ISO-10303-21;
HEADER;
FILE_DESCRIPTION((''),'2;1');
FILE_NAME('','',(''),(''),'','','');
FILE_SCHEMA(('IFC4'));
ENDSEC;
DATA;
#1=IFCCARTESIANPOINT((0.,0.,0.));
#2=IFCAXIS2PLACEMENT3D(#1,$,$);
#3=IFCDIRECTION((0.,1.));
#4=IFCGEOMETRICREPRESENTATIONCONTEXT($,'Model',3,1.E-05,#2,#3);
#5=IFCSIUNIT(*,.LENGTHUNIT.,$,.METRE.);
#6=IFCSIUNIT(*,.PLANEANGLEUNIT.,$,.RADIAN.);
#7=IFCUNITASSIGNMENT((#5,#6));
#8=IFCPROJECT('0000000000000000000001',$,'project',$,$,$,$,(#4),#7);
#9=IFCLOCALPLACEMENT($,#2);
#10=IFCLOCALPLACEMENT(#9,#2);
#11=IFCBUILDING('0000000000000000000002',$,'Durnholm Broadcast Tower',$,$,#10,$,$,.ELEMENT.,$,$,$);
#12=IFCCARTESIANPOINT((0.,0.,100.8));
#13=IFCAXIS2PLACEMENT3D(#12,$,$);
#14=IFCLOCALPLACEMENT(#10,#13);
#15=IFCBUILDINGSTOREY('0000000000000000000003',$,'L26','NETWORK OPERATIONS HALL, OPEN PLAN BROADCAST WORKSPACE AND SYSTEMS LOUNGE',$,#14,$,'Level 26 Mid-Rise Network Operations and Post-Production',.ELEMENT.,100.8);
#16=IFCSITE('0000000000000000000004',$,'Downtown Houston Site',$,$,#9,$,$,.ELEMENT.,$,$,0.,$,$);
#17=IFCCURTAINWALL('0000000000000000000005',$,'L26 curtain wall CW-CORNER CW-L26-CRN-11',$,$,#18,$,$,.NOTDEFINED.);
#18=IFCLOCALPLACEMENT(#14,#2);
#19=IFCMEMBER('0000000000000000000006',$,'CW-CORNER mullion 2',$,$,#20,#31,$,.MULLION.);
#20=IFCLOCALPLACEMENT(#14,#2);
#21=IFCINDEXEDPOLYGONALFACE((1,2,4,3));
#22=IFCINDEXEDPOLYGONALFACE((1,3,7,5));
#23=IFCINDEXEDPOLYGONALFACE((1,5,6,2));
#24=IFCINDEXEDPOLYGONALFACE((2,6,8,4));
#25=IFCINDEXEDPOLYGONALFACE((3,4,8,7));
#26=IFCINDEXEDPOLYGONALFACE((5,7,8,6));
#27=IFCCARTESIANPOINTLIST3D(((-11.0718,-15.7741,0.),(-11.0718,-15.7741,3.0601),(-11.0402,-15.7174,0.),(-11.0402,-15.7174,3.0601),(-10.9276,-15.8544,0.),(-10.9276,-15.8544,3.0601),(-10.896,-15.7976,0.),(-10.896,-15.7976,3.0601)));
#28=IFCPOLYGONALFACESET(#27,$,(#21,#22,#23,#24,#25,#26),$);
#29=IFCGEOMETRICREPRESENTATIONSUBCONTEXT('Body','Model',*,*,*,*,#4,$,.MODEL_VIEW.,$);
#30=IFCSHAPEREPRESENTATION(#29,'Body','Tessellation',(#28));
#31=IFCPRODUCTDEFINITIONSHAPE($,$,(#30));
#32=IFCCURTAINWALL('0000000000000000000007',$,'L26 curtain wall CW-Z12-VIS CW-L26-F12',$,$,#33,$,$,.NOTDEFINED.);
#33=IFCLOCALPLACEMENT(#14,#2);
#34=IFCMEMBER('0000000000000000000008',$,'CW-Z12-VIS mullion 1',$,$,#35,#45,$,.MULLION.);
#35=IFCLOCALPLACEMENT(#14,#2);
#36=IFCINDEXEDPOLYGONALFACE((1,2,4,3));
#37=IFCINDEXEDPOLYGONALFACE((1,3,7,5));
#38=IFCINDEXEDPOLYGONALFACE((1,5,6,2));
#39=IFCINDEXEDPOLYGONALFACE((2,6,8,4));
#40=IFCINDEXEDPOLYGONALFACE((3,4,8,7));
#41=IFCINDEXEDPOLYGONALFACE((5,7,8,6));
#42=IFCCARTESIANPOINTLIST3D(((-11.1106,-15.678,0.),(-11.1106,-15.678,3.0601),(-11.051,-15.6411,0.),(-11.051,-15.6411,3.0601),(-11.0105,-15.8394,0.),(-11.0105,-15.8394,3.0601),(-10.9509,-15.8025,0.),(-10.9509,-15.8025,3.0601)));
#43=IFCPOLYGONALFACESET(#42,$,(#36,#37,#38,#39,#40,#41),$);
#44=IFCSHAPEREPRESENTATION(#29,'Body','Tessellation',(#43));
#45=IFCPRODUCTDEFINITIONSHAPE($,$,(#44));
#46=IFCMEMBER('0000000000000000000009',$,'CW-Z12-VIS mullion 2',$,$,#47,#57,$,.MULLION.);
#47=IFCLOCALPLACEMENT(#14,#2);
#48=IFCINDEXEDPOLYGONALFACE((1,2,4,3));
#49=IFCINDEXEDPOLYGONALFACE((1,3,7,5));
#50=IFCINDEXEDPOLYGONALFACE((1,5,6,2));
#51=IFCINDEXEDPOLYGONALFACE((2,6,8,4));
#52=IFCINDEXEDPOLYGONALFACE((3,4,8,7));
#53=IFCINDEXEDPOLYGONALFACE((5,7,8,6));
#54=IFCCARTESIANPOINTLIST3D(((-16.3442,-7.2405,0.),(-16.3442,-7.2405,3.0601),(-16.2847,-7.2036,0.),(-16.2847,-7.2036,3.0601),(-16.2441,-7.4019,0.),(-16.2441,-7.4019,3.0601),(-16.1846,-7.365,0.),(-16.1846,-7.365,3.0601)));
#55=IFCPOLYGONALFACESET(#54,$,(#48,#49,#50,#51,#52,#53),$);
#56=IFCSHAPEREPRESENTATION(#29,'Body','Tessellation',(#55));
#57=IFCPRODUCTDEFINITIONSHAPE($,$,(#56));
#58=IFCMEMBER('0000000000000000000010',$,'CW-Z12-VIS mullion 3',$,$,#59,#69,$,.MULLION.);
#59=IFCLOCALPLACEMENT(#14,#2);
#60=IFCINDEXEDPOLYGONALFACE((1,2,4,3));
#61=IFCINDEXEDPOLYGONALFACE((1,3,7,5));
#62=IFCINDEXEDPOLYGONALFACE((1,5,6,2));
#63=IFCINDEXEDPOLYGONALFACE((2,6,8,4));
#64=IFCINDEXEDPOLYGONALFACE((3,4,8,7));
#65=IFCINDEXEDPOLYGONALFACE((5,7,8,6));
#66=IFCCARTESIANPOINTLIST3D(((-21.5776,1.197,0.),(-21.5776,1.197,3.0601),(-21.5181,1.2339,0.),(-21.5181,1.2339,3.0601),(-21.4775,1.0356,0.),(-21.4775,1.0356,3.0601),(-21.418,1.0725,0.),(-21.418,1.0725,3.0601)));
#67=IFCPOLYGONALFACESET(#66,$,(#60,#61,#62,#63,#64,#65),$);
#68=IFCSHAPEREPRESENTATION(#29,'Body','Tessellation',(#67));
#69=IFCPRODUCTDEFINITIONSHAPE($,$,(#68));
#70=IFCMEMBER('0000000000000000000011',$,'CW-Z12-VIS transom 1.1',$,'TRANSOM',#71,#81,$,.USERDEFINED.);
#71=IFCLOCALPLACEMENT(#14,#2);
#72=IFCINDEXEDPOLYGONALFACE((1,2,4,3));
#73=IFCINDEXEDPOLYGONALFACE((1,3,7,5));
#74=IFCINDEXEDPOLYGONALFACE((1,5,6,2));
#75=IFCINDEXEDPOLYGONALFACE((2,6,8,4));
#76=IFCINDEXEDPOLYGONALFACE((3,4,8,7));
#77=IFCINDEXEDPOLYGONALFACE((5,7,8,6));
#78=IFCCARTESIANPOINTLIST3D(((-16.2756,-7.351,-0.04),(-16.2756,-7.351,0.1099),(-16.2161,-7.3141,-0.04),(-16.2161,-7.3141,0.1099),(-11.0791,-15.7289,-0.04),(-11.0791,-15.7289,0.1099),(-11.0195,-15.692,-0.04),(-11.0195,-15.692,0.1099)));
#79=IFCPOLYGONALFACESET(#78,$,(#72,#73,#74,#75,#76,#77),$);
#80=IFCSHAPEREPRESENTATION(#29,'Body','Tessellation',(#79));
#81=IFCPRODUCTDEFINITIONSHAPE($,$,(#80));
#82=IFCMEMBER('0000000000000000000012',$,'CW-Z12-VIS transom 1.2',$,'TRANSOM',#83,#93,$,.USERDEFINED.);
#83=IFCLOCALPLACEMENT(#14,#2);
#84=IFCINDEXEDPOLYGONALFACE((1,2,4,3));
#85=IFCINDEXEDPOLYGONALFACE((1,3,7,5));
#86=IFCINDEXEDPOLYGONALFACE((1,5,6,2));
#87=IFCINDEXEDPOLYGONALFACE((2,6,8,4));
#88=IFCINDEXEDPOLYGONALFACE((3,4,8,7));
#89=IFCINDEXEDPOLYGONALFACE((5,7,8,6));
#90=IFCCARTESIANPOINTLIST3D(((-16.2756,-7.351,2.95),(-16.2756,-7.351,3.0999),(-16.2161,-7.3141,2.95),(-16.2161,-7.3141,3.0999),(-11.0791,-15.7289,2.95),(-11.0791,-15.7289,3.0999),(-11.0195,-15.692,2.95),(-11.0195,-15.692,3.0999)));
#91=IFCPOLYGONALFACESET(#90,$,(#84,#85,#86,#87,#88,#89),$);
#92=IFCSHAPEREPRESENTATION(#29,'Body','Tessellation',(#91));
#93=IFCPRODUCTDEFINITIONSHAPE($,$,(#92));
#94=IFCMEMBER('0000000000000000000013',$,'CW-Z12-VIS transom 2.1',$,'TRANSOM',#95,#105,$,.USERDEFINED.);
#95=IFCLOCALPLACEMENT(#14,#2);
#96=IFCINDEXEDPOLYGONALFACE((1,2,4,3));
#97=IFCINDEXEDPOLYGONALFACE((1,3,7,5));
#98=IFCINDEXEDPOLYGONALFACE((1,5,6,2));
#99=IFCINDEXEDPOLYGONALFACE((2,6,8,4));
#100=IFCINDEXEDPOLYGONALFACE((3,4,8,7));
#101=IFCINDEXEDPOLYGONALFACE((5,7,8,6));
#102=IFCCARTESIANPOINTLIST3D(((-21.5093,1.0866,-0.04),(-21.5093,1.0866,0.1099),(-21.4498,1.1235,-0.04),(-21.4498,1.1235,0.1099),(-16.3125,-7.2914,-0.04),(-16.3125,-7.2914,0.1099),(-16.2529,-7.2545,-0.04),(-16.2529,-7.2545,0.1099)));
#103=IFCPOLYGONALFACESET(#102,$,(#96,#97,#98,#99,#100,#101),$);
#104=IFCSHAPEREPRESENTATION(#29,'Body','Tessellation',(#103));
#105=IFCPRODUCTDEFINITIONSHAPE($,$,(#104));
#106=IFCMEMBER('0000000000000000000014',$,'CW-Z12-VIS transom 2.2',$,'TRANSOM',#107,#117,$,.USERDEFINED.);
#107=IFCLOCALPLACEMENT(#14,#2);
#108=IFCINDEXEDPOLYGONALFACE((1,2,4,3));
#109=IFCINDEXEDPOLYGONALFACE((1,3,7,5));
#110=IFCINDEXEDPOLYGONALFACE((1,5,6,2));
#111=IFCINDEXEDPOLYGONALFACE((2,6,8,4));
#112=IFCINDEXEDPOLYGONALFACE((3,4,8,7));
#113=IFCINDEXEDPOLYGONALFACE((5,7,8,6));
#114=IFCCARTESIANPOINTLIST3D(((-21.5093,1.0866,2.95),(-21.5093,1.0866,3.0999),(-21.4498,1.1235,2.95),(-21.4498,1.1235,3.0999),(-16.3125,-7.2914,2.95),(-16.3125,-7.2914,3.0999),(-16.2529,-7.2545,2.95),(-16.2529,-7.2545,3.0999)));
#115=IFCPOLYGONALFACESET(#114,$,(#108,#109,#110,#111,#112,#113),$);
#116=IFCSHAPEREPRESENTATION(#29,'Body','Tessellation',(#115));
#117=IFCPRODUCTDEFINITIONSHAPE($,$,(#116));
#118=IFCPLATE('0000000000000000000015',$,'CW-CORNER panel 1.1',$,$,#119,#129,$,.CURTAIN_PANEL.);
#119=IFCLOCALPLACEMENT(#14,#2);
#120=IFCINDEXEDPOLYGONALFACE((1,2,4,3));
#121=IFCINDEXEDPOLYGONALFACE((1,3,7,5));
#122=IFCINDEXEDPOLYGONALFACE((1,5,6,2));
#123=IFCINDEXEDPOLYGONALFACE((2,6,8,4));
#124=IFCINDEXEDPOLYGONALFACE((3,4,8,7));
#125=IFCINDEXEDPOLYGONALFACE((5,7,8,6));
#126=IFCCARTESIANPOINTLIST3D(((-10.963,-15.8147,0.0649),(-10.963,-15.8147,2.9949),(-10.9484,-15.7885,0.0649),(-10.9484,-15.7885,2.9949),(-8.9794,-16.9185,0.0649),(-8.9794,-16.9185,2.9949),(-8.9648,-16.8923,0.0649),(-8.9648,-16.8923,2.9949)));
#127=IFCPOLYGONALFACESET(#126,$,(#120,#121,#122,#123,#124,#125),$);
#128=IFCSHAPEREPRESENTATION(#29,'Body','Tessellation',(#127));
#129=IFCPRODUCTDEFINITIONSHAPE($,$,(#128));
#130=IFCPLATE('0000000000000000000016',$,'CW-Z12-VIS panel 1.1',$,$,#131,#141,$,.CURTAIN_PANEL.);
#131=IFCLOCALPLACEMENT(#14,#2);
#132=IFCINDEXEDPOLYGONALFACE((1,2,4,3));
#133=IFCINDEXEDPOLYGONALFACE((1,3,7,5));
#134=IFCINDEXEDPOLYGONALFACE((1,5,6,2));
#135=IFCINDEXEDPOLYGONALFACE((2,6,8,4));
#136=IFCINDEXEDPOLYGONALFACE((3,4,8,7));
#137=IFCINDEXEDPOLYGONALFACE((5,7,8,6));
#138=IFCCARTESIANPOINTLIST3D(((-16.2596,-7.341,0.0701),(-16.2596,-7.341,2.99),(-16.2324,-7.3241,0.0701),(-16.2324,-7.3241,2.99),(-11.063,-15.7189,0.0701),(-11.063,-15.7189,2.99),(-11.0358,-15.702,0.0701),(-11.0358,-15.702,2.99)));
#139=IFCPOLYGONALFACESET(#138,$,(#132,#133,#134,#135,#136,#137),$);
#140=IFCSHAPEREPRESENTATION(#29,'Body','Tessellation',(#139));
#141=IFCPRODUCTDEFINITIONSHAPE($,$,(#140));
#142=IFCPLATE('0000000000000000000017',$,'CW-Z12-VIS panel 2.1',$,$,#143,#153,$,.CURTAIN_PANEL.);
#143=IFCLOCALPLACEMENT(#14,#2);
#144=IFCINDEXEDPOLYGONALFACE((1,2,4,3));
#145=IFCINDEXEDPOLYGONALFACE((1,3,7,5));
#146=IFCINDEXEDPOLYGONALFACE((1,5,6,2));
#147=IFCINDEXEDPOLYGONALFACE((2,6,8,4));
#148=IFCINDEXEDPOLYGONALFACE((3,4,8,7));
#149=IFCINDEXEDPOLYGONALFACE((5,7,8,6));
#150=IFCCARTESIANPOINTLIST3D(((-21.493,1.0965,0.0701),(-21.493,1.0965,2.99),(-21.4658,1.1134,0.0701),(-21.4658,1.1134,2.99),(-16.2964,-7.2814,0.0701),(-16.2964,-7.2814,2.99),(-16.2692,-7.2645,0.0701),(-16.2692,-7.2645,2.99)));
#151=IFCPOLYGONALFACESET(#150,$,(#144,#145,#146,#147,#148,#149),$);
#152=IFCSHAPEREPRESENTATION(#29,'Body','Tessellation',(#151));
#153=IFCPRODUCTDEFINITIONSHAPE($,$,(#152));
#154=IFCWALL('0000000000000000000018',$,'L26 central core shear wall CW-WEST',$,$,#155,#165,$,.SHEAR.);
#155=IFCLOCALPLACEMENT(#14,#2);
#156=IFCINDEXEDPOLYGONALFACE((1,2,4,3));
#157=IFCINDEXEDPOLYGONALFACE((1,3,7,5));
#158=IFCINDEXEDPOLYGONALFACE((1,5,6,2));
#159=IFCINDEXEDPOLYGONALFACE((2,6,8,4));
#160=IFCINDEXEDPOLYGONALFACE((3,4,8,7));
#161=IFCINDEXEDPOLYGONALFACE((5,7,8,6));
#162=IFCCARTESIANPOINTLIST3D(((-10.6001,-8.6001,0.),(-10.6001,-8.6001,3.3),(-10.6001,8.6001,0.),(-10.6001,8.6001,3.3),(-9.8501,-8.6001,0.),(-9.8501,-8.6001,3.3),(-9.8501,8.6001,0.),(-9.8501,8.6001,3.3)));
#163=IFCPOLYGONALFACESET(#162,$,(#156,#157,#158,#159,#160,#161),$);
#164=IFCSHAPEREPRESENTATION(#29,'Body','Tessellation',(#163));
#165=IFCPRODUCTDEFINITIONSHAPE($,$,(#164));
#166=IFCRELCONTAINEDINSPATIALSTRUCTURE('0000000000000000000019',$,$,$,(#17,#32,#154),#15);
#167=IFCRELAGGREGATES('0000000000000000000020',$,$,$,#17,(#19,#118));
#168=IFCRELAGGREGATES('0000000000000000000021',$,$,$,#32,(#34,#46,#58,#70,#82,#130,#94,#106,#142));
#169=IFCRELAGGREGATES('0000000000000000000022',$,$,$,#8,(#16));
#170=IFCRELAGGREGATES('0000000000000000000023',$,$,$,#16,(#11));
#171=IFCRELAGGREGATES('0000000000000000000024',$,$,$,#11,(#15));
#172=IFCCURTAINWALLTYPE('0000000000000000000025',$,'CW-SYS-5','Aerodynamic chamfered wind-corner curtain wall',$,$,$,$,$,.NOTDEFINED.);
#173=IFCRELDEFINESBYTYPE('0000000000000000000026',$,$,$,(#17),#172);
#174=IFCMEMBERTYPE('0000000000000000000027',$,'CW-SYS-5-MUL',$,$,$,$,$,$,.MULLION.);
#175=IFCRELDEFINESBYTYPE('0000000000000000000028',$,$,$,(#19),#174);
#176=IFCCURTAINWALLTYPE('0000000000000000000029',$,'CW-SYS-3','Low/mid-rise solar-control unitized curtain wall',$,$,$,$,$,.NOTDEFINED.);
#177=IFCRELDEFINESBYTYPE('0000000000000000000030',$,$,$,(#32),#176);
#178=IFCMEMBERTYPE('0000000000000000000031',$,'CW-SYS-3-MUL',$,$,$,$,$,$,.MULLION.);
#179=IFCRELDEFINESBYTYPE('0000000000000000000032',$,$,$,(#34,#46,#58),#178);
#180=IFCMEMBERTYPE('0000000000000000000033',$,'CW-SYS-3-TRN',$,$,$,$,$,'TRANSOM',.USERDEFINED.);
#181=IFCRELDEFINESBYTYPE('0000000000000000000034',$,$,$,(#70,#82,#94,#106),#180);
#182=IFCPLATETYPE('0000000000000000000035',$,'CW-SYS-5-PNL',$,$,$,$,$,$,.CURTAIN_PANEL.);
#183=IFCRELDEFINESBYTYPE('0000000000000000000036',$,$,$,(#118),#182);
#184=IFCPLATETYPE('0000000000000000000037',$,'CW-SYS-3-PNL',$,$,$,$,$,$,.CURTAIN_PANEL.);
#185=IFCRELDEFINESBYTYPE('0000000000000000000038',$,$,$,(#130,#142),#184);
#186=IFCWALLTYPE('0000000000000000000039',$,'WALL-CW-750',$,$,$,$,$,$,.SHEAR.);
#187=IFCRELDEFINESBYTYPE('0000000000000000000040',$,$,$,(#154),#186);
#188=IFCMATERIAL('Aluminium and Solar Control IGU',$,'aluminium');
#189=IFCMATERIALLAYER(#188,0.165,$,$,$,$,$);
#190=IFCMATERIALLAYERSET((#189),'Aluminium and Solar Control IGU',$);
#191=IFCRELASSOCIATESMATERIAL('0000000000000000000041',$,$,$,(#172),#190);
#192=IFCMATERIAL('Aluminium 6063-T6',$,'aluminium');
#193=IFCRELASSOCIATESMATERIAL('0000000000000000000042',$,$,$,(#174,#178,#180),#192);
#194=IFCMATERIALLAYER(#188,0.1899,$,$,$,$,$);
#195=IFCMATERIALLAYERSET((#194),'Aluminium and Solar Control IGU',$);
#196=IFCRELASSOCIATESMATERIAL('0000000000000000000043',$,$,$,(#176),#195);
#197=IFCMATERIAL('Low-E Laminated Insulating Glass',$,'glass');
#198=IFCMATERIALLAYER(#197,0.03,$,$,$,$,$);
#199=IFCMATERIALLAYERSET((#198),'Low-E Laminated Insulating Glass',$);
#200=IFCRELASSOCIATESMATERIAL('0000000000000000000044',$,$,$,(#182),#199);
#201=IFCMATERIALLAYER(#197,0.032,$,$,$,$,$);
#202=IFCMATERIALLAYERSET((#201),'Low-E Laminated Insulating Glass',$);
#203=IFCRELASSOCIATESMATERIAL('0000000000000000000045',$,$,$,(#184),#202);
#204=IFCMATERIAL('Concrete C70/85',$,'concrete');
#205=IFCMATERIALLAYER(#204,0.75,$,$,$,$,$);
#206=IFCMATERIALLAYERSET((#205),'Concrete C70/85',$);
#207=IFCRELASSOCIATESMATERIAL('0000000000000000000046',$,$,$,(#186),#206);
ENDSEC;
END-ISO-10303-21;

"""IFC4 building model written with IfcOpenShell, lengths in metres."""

from ifc_helpers import new_model, si_unit, direction, frame, frame_2d, origin, origin_2d, place, context, subcontext, project, spatial, rectangle, extrude, source, transform, mapped, material, layer, layer_set, material_profile, profile_set, type_object, type_shapes, element, aggregate, save


model = new_model("IFC4")

# Units and contexts
model_context = context("Model", 3, precision=1e-05, world=origin(), true_north=direction((0.0, 1.0)))
body_context = subcontext(model_context, "Body", "Model", "MODEL_VIEW")
ifc_project = project(units=[si_unit("LENGTHUNIT", "METRE"), si_unit("PLANEANGLEUNIT", "RADIAN")], contexts=[model_context])

# Site, building, storey
site_placement = place(None, origin())
site = spatial("IfcSite", under=ifc_project, at=site_placement, Name="Downtown Houston Site", CompositionType="ELEMENT", RefElevation=0.0)
building_placement = place(site_placement, origin())
building = spatial("IfcBuilding", under=site, at=building_placement, Name="Durnholm Broadcast Tower", CompositionType="ELEMENT")
storey_placement = place(building_placement, frame((0.0, 0.0, 100.8)))
storey = spatial("IfcBuildingStorey", under=building, at=storey_placement, Name="L26", Description="NETWORK OPERATIONS HALL, OPEN PLAN BROADCAST WORKSPACE AND SYSTEMS LOUNGE", LongName="Level 26 Mid-Rise Network Operations and Post-Production", CompositionType="ELEMENT", Elevation=100.8)

# Shared definitions
ifc_material_1 = material(Name="Concrete C70/85", Category="concrete")

# Curtain wall, member
ifc_material_2 = material(Name="Aluminium and Solar Control IGU", Category="aluminium")
ifc_layer_1 = layer(ifc_material_2, 0.165)
ifc_layer_set_1 = layer_set([ifc_layer_1], Name="Aluminium and Solar Control IGU")
curtain_wall_type_1 = type_object("IfcCurtainWallType", Name="CW-SYS-5", Description="Aerodynamic chamfered wind-corner curtain wall", PredefinedType="NOTDEFINED", material=ifc_layer_set_1)
ifc_material_3 = material(Name="Aluminium 6063-T6", Category="aluminium")
ifc_material_profile_1 = material_profile(ifc_material_3, rectangle(XDim=0.0649, YDim=0.165, at=origin_2d()), Name="CWM65X165")
ifc_profile_set_1 = profile_set([ifc_material_profile_1], Name="Aluminium 6063-T6")
member_type_1 = type_object("IfcMemberType", Name="CW-SYS-5-MUL", PredefinedType="MULLION", material=ifc_profile_set_1)
shared_shape_1 = source(origin(), body_context, "Body", "SweptSolid", [
    extrude(rectangle(XDim=0.0649, YDim=0.165, at=origin_2d()), origin(), (0.0, 0.0, 1.0), 3.0601),
])
type_shapes(member_type_1, [shared_shape_1])
curtain_wall_1_placement = place(storey_placement, origin())
curtain_wall_1 = element("IfcCurtainWall", 1, at=curtain_wall_1_placement, inside=storey, type_object=curtain_wall_type_1, Name="L26 curtain wall CW-CORNER CW-L26-CRN-11", PredefinedType="NOTDEFINED")
member_1_placement = place(storey_placement, frame((-10.9839, -15.7859, 0.0), z_axis=(0.0, 0.0, 1.0), x_axis=(-0.486244, -0.873823, 0.0)))
member_1 = element("IfcMember", 2, at=member_1_placement, type_object=member_type_1, Name="CW-CORNER mullion 2", PredefinedType="MULLION", context=body_context, shape_type="MappedRepresentation", body=[
    mapped(shared_shape_1, transform((0.0, 0.0, 0.0), x_axis=(1.0, 0.0, 0.0), y_axis=(0.0, 1.0, 0.0), z_axis=(0.0, 0.0, 1.0), scale=1.0)),
])

# Curtain wall, members
ifc_layer_2 = layer(ifc_material_2, 0.1899)
ifc_layer_set_2 = layer_set([ifc_layer_2], Name="Aluminium and Solar Control IGU")
curtain_wall_type_2 = type_object("IfcCurtainWallType", Name="CW-SYS-3", Description="Low/mid-rise solar-control unitized curtain wall", PredefinedType="NOTDEFINED", material=ifc_layer_set_2)
curtain_wall_2_placement = place(storey_placement, origin())
curtain_wall_2 = element("IfcCurtainWall", 3, at=curtain_wall_2_placement, inside=storey, type_object=curtain_wall_type_2, Name="L26 curtain wall CW-Z12-VIS CW-L26-F12", PredefinedType="NOTDEFINED")
ifc_material_profile_2 = material_profile(ifc_material_3, rectangle(XDim=0.0701, YDim=0.1899, at=origin_2d()), Name="CWM70X190")
ifc_profile_set_2 = profile_set([ifc_material_profile_2], Name="Aluminium 6063-T6")
member_type_2 = type_object("IfcMemberType", Name="CW-SYS-3-MUL", PredefinedType="MULLION", material=ifc_profile_set_2)
shared_shape_2 = source(origin(), body_context, "Body", "SweptSolid", [
    extrude(rectangle(XDim=0.0701, YDim=0.1899, at=origin_2d()), origin(), (0.0, 0.0, 1.0), 3.0601),
])
type_shapes(member_type_2, [shared_shape_2])
member_2_placement = place(storey_placement, frame((-11.0308, -15.7402, 0.0), z_axis=(0.0, 0.0, 1.0), x_axis=(-0.8498, -0.527105, 0.0)))
member_2 = element("IfcMember", 4, at=member_2_placement, type_object=member_type_2, Name="CW-Z12-VIS mullion 1", PredefinedType="MULLION", context=body_context, shape_type="MappedRepresentation", body=[
    mapped(shared_shape_2, transform((0.0, 0.0, 0.0), x_axis=(1.0, 0.0, 0.0), y_axis=(0.0, 1.0, 0.0), z_axis=(0.0, 0.0, 1.0), scale=1.0)),
])
member_3_placement = place(storey_placement, frame((-16.2644, -7.3027, 0.0), z_axis=(0.0, 0.0, 1.0), x_axis=(-0.8498, -0.527105, 0.0)))
member_3 = element("IfcMember", 5, at=member_3_placement, type_object=member_type_2, Name="CW-Z12-VIS mullion 2", PredefinedType="MULLION", context=body_context, shape_type="MappedRepresentation", body=[
    mapped(shared_shape_2, transform((0.0, 0.0, 0.0), x_axis=(1.0, 0.0, 0.0), y_axis=(0.0, 1.0, 0.0), z_axis=(0.0, 0.0, 1.0), scale=1.0)),
])
member_4_placement = place(storey_placement, frame((-21.4978, 1.1348, 0.0), z_axis=(0.0, 0.0, 1.0), x_axis=(-0.8498, -0.527105, 0.0)))
member_4 = element("IfcMember", 6, at=member_4_placement, type_object=member_type_2, Name="CW-Z12-VIS mullion 3", PredefinedType="MULLION", context=body_context, shape_type="MappedRepresentation", body=[
    mapped(shared_shape_2, transform((0.0, 0.0, 0.0), x_axis=(1.0, 0.0, 0.0), y_axis=(0.0, 1.0, 0.0), z_axis=(0.0, 0.0, 1.0), scale=1.0)),
])
ifc_material_profile_3 = material_profile(ifc_material_3, rectangle(XDim=0.0701, YDim=0.1499, at=origin_2d()), Name="CWT70X150")
ifc_profile_set_3 = profile_set([ifc_material_profile_3], Name="Aluminium 6063-T6")
member_type_3 = type_object("IfcMemberType", Name="CW-SYS-3-TRN", ElementType="TRANSOM", PredefinedType="USERDEFINED", material=ifc_profile_set_3)
shared_shape_3 = source(origin(), body_context, "Body", "SweptSolid", [
    extrude(rectangle(XDim=0.0701, YDim=0.1499, at=origin_2d()), origin(), (0.0, 0.0, 1.0), 9.8586),
])
member_5_placement = place(storey_placement, frame((-11.0493, -15.7104, 0.0349), z_axis=(-0.527102, 0.849802, 0.0), x_axis=(-0.849802, -0.527102, 0.0)))
member_5 = element("IfcMember", 7, at=member_5_placement, type_object=member_type_3, Name="CW-Z12-VIS transom 1.1", ObjectType="TRANSOM", PredefinedType="USERDEFINED", context=body_context, shape_type="MappedRepresentation", body=[
    mapped(shared_shape_3, transform((0.0, 0.0, 0.0), x_axis=(1.0, 0.0, 0.0), y_axis=(0.0, 1.0, 0.0), z_axis=(0.0, 0.0, 1.0), scale=1.0)),
])
member_6_placement = place(storey_placement, frame((-11.0493, -15.7104, 3.0249), z_axis=(-0.527102, 0.849802, 0.0), x_axis=(-0.849802, -0.527102, 0.0)))
member_6 = element("IfcMember", 8, at=member_6_placement, type_object=member_type_3, Name="CW-Z12-VIS transom 1.2", ObjectType="TRANSOM", PredefinedType="USERDEFINED", context=body_context, shape_type="MappedRepresentation", body=[
    mapped(shared_shape_3, transform((0.0, 0.0, 0.0), x_axis=(1.0, 0.0, 0.0), y_axis=(0.0, 1.0, 0.0), z_axis=(0.0, 0.0, 1.0), scale=1.0)),
])
shared_shape_4 = source(origin(), body_context, "Body", "SweptSolid", [
    extrude(rectangle(XDim=0.0701, YDim=0.1499, at=origin_2d()), origin(), (0.0, 0.0, 1.0), 9.8589),
])
type_shapes(member_type_3, [shared_shape_3, shared_shape_4])
member_7_placement = place(storey_placement, frame((-16.2827, -7.2729, 0.0349), z_axis=(-0.52712, 0.849791, 0.0), x_axis=(-0.849791, -0.52712, 0.0)))
member_7 = element("IfcMember", 9, at=member_7_placement, type_object=member_type_3, Name="CW-Z12-VIS transom 2.1", ObjectType="TRANSOM", PredefinedType="USERDEFINED", context=body_context, shape_type="MappedRepresentation", body=[
    mapped(shared_shape_4, transform((0.0, 0.0, 0.0), x_axis=(1.0, 0.0, 0.0), y_axis=(0.0, 1.0, 0.0), z_axis=(0.0, 0.0, 1.0), scale=1.0)),
])
member_8_placement = place(storey_placement, frame((-16.2827, -7.2729, 3.0249), z_axis=(-0.52712, 0.849791, 0.0), x_axis=(-0.849791, -0.52712, 0.0)))
member_8 = element("IfcMember", 10, at=member_8_placement, type_object=member_type_3, Name="CW-Z12-VIS transom 2.2", ObjectType="TRANSOM", PredefinedType="USERDEFINED", context=body_context, shape_type="MappedRepresentation", body=[
    mapped(shared_shape_4, transform((0.0, 0.0, 0.0), x_axis=(1.0, 0.0, 0.0), y_axis=(0.0, 1.0, 0.0), z_axis=(0.0, 0.0, 1.0), scale=1.0)),
])

# Plates
ifc_material_4 = material(Name="Low-E Laminated Insulating Glass", Category="glass")
ifc_layer_3 = layer(ifc_material_4, 0.03)
ifc_layer_set_3 = layer_set([ifc_layer_3], Name="Low-E Laminated Insulating Glass")
plate_type_1 = type_object("IfcPlateType", Name="CW-SYS-5-PNL", PredefinedType="CURTAIN_PANEL", material=ifc_layer_set_3)
shared_shape_5 = source(origin(), body_context, "Body", "SweptSolid", [
    extrude(rectangle(XDim=2.27, YDim=0.03, at=origin_2d()), origin(), (0.0, 0.0, 1.0), 2.9299),
])
type_shapes(plate_type_1, [shared_shape_5])
plate_1_placement = place(storey_placement, frame((-9.9639, -16.3535, 0.0649), z_axis=(0.0, 0.0, 1.0), x_axis=(-0.873823, 0.486244, 0.0)))
plate_1 = element("IfcPlate", 11, at=plate_1_placement, type_object=plate_type_1, Name="CW-CORNER panel 1.1", PredefinedType="CURTAIN_PANEL", context=body_context, shape_type="MappedRepresentation", body=[
    mapped(shared_shape_5, transform((0.0, 0.0, 0.0), x_axis=(1.0, 0.0, 0.0), y_axis=(0.0, 1.0, 0.0), z_axis=(0.0, 0.0, 1.0), scale=1.0)),
])
aggregate(curtain_wall_1, [member_1, plate_1])
ifc_layer_4 = layer(ifc_material_4, 0.032)
ifc_layer_set_4 = layer_set([ifc_layer_4], Name="Low-E Laminated Insulating Glass")
plate_type_2 = type_object("IfcPlateType", Name="CW-SYS-3-PNL", PredefinedType="CURTAIN_PANEL", material=ifc_layer_set_4)
shared_shape_6 = source(origin(), body_context, "Body", "SweptSolid", [
    extrude(rectangle(XDim=9.8586, YDim=0.032, at=origin_2d()), origin(), (0.0, 0.0, 1.0), 2.9199),
])
type_shapes(plate_type_2, [shared_shape_6])
plate_2_placement = place(storey_placement, frame((-13.6477, -11.5215, 0.0701), z_axis=(0.0, 0.0, 1.0), x_axis=(-0.527105, 0.8498, 0.0)))
plate_2 = element("IfcPlate", 12, at=plate_2_placement, type_object=plate_type_2, Name="CW-Z12-VIS panel 1.1", PredefinedType="CURTAIN_PANEL", context=body_context, shape_type="MappedRepresentation", body=[
    mapped(shared_shape_6, transform((0.0, 0.0, 0.0), x_axis=(1.0, 0.0, 0.0), y_axis=(0.0, 1.0, 0.0), z_axis=(0.0, 0.0, 1.0), scale=1.0)),
])
plate_3_placement = place(storey_placement, frame((-18.8811, -3.084, 0.0701), z_axis=(0.0, 0.0, 1.0), x_axis=(-0.527105, 0.8498, 0.0)))
plate_3 = element("IfcPlate", 13, at=plate_3_placement, type_object=plate_type_2, Name="CW-Z12-VIS panel 2.1", PredefinedType="CURTAIN_PANEL", context=body_context, shape_type="MappedRepresentation", body=[
    mapped(shared_shape_6, transform((0.0, 0.0, 0.0), x_axis=(1.0, 0.0, 0.0), y_axis=(0.0, 1.0, 0.0), z_axis=(0.0, 0.0, 1.0), scale=1.0)),
])
aggregate(curtain_wall_2, [member_2, member_3, member_4, member_5, member_6, plate_2, member_7, member_8, plate_3])

# Wall
ifc_layer_5 = layer(ifc_material_1, 0.75)
ifc_layer_set_5 = layer_set([ifc_layer_5], Name="Concrete C70/85")
wall_type_1 = type_object("IfcWallType", Name="WALL-CW-750", PredefinedType="SHEAR", material=ifc_layer_set_5)
wall_1_placement = place(storey_placement, frame((-10.2251, -8.6001, 0.0), z_axis=(0.0, 0.0, 1.0), x_axis=(0.0, 1.0, 0.0)))
element("IfcWall", 14, at=wall_1_placement, inside=storey, type_object=wall_type_1, Name="L26 central core shear wall CW-WEST", PredefinedType="SHEAR", context=body_context, shape_type="SweptSolid", body=[
    extrude(rectangle(XDim=17.2002, YDim=0.75, at=frame_2d((8.6001, 0.0))), origin(), (0.0, 0.0, 1.0), 3.3),
])

save(model, "model.ifc")
